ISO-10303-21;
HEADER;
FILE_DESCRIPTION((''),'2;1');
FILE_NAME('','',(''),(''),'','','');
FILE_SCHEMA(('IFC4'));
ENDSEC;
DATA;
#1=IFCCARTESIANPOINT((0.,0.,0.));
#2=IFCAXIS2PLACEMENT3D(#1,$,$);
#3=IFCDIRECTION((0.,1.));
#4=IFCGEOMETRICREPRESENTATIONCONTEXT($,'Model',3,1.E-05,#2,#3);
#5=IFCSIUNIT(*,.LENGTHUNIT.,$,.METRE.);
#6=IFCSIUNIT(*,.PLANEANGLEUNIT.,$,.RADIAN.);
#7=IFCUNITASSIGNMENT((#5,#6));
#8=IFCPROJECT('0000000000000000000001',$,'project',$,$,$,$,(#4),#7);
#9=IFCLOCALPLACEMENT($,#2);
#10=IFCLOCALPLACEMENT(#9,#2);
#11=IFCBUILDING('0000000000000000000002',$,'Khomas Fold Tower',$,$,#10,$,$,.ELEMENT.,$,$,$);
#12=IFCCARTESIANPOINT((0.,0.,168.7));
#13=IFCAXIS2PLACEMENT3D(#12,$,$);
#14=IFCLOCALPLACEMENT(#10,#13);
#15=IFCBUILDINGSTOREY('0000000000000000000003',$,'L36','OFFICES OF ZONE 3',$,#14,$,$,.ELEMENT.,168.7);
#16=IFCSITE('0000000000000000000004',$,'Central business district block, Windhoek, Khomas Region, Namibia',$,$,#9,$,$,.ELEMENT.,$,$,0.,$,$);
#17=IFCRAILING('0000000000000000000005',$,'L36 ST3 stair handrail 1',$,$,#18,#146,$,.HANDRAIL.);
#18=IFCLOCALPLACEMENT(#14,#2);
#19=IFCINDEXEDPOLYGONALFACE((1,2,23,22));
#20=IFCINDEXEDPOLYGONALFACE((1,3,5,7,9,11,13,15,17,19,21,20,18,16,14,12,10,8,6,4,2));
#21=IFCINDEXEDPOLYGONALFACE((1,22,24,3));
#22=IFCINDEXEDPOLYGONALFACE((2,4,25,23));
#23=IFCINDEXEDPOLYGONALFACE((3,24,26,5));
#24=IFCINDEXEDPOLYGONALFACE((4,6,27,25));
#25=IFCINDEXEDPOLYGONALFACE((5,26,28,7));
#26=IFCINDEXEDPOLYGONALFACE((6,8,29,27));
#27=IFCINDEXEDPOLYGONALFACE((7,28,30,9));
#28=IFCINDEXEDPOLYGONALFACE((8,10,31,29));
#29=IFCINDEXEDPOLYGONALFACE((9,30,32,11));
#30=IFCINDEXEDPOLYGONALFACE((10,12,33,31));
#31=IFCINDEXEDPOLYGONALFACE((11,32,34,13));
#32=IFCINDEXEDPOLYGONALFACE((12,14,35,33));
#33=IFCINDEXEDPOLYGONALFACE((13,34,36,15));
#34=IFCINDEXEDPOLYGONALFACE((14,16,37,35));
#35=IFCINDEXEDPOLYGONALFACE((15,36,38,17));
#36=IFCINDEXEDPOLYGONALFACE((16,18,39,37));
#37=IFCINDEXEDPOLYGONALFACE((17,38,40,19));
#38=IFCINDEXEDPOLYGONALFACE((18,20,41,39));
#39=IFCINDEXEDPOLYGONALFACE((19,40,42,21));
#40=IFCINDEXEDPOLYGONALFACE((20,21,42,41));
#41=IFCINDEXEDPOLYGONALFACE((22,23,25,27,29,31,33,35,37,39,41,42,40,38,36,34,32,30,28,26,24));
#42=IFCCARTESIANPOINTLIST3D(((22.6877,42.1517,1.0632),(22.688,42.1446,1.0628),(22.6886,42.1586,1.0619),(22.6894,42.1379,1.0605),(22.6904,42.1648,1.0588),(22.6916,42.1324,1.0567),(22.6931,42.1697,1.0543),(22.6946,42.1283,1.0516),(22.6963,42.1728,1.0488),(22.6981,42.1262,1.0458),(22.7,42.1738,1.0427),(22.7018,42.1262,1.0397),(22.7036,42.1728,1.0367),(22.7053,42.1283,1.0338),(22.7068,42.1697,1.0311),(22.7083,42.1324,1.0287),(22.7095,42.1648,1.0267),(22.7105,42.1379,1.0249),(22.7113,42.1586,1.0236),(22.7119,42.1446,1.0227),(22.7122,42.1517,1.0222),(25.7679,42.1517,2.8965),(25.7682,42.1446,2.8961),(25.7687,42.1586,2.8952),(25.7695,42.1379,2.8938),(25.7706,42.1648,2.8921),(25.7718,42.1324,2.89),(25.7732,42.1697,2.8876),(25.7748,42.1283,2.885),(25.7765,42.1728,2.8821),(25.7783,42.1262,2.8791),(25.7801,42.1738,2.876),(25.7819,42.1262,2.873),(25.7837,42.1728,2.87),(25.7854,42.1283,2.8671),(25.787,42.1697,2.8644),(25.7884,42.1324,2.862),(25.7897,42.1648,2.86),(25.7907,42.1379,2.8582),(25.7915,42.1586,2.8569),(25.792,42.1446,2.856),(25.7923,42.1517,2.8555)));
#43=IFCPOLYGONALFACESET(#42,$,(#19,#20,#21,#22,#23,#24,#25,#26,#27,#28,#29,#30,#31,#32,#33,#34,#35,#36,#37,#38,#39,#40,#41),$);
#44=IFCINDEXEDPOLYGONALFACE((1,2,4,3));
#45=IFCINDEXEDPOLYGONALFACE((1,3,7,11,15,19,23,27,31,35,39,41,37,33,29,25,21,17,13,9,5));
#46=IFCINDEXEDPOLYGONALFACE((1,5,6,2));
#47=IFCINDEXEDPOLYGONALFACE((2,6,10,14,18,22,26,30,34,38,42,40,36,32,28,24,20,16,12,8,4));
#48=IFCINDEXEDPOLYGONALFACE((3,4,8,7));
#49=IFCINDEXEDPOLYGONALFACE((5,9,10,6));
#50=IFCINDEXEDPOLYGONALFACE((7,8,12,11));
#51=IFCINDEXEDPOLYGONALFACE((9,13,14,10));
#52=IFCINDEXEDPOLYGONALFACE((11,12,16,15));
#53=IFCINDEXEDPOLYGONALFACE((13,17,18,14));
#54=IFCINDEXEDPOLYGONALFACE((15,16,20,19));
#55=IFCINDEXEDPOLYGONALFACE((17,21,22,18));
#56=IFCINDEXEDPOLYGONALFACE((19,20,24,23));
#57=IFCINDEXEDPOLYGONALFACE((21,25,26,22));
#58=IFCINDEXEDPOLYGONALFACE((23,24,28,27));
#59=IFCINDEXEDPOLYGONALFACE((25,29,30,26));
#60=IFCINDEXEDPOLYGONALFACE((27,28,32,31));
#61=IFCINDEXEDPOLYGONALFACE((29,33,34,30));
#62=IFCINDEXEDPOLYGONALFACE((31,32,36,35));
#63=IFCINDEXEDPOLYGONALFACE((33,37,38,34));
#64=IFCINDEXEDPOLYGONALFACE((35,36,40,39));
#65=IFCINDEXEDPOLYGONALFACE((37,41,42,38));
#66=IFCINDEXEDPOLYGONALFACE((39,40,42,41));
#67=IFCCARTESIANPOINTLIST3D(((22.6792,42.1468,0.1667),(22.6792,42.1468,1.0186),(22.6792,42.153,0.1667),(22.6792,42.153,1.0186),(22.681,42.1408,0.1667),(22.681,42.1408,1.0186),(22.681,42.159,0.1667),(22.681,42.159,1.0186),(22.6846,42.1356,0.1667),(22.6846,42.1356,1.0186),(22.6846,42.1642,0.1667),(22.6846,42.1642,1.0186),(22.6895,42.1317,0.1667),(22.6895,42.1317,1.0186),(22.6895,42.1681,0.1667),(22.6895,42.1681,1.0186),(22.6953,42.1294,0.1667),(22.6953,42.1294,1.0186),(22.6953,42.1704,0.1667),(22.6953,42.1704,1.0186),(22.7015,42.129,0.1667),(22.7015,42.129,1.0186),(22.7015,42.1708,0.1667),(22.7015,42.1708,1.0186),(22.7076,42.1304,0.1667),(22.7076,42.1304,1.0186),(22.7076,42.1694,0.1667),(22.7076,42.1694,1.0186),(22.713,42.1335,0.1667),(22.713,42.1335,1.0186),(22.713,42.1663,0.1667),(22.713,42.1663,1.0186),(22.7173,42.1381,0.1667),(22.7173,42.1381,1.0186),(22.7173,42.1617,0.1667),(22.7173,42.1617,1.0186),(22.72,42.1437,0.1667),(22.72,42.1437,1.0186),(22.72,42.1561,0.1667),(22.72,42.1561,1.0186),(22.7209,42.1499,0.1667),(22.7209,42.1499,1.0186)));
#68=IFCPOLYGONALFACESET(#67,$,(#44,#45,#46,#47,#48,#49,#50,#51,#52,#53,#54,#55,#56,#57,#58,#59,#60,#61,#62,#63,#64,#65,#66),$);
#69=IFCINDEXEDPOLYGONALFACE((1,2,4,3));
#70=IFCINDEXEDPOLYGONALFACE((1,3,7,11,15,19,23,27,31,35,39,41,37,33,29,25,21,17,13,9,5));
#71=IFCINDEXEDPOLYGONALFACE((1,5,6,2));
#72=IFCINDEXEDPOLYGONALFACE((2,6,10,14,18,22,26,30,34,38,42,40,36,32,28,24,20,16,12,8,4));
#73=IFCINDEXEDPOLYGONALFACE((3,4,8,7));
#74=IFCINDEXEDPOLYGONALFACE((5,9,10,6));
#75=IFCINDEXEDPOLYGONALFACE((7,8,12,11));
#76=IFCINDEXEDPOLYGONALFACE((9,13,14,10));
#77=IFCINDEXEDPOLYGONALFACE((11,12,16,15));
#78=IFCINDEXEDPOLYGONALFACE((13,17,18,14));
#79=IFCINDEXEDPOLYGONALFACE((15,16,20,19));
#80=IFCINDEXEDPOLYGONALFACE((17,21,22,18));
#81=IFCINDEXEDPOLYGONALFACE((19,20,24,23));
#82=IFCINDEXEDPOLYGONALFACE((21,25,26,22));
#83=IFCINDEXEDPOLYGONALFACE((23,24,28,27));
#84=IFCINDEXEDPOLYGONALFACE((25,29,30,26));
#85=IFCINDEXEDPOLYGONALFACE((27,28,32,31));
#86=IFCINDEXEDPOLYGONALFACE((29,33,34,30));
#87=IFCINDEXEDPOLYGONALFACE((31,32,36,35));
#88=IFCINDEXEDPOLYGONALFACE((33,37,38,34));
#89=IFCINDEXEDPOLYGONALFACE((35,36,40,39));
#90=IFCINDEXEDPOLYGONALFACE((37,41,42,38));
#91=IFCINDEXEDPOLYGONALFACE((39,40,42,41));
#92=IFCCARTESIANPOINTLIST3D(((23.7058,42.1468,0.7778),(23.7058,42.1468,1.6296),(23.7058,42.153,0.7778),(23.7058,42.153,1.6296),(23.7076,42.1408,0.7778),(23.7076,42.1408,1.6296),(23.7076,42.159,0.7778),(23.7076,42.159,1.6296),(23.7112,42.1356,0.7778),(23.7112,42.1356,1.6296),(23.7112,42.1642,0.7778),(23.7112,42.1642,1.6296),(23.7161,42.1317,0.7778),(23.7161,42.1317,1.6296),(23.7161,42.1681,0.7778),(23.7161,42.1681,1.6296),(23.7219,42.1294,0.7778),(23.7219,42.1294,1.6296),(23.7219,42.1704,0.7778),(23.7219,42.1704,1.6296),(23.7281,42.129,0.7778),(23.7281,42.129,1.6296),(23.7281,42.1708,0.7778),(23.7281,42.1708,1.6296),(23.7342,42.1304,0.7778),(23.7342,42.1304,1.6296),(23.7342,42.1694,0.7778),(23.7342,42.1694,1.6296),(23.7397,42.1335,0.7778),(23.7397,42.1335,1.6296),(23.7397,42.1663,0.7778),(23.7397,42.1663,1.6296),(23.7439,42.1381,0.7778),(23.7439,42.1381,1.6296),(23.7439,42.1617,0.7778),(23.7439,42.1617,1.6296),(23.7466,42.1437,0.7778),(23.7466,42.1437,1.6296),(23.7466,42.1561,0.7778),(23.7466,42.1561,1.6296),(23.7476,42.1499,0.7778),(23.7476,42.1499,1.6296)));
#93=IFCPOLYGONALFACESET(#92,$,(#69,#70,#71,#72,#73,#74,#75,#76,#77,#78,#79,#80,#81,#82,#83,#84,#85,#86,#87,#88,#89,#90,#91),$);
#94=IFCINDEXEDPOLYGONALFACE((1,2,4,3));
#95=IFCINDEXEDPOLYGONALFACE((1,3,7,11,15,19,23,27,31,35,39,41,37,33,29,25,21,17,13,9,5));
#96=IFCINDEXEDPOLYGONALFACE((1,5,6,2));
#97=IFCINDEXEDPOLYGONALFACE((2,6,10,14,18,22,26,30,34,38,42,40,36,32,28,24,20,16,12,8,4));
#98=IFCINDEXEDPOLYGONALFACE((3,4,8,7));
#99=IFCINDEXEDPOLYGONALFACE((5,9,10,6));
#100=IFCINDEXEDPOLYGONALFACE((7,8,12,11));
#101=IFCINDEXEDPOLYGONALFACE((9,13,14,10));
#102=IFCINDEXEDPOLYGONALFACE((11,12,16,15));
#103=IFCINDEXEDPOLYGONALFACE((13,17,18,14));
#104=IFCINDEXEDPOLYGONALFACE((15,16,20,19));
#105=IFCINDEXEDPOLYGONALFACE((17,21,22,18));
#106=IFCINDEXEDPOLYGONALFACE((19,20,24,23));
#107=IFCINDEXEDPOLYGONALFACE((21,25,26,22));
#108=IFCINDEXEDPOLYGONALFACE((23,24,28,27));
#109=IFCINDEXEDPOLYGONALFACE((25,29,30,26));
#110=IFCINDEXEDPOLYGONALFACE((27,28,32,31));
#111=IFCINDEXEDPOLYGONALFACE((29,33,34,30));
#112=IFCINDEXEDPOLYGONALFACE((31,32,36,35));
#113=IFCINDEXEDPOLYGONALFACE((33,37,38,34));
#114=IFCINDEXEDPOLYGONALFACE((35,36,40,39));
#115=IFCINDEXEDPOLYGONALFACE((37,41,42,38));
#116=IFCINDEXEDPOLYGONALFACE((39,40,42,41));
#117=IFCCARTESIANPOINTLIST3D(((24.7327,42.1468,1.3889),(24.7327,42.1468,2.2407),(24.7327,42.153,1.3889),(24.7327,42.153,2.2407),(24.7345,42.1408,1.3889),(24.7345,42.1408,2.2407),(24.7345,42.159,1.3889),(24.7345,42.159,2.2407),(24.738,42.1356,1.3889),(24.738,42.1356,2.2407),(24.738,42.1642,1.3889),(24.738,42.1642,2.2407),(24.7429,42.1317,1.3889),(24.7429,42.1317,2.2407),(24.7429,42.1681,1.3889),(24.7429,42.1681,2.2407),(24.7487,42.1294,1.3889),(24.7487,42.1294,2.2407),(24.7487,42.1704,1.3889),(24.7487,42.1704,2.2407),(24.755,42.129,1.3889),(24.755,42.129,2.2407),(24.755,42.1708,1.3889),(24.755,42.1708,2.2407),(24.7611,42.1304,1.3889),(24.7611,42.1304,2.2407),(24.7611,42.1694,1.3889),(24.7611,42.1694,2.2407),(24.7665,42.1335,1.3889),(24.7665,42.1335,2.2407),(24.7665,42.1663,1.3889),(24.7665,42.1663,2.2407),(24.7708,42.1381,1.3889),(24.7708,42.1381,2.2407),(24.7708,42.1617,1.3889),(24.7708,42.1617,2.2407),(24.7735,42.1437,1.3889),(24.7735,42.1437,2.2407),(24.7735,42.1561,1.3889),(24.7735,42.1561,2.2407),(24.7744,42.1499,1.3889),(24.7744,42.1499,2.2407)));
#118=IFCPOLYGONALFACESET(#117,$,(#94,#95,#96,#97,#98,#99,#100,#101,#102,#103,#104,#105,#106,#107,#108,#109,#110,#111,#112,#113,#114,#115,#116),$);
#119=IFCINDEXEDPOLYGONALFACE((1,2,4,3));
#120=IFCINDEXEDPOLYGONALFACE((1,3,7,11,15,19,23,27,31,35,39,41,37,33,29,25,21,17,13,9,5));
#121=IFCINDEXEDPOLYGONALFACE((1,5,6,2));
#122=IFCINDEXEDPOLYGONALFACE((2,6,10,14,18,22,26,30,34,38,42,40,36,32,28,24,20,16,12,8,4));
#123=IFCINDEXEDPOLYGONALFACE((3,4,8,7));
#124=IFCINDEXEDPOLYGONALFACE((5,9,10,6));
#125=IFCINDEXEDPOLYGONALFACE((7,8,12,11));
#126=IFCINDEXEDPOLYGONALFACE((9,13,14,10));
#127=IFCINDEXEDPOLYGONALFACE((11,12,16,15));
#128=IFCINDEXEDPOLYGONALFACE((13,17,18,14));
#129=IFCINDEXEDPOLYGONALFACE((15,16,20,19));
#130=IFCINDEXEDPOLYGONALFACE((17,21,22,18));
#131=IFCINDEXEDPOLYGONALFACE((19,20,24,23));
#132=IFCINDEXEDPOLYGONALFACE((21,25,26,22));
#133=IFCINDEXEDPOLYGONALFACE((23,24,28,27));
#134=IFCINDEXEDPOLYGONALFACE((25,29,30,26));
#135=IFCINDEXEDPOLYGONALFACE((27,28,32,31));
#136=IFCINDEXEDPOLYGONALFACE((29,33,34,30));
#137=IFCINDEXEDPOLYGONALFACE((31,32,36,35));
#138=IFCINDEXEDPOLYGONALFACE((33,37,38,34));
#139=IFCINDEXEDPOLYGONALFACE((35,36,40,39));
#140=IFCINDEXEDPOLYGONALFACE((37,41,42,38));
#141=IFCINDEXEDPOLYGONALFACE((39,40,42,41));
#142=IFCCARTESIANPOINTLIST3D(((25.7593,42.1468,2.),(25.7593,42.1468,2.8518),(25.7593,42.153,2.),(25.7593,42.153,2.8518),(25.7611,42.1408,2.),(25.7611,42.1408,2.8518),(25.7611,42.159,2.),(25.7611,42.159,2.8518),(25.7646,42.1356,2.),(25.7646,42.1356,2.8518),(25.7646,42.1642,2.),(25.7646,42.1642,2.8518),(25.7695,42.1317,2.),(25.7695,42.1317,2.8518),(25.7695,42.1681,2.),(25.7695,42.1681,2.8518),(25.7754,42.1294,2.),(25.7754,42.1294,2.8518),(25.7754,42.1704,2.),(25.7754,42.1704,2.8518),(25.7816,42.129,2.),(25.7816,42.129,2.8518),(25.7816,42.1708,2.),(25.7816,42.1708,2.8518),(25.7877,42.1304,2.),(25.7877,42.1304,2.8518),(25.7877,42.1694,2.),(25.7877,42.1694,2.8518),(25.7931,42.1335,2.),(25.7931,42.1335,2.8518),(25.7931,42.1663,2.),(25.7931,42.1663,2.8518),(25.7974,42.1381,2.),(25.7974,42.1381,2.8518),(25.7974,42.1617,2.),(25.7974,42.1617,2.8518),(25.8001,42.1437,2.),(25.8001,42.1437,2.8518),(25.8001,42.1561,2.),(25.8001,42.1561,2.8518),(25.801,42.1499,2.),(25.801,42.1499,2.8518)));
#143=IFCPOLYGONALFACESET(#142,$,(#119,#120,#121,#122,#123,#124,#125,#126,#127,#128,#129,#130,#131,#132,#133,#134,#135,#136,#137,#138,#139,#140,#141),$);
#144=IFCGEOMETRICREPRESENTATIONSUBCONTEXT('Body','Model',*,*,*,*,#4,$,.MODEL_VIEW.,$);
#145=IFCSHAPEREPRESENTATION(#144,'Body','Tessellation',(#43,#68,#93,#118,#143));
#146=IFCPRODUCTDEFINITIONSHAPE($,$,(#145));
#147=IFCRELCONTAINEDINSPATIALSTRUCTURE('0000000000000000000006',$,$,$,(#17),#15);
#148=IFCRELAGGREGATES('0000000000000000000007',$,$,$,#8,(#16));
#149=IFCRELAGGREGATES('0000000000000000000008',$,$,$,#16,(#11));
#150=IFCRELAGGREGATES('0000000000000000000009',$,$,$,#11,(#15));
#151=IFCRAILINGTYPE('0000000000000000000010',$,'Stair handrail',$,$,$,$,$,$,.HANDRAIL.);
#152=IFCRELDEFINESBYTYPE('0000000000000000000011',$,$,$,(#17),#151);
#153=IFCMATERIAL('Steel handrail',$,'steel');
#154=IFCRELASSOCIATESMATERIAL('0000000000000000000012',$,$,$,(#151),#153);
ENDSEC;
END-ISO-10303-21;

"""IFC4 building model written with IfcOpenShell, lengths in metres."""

from ifc_helpers import new_model, si_unit, direction, frame, origin, origin_2d, place, context, subcontext, project, spatial, circle, extrude, source, transform, mapped, material, type_object, element, save


model = new_model("IFC4")

# Units and contexts
model_context = context("Model", 3, precision=1e-05, world=origin(), true_north=direction((0.0, 1.0)))
body_context = subcontext(model_context, "Body", "Model", "MODEL_VIEW")
ifc_project = project(units=[si_unit("LENGTHUNIT", "METRE"), si_unit("PLANEANGLEUNIT", "RADIAN")], contexts=[model_context])

# Site, building, storey
site_placement = place(None, origin())
site = spatial("IfcSite", under=ifc_project, at=site_placement, Name="Central business district block, Windhoek, Khomas Region, Namibia", CompositionType="ELEMENT", RefElevation=0.0)
building_placement = place(site_placement, origin())
building = spatial("IfcBuilding", under=site, at=building_placement, Name="Khomas Fold Tower", CompositionType="ELEMENT")
storey_placement = place(building_placement, frame((0.0, 0.0, 168.7)))
storey = spatial("IfcBuildingStorey", under=building, at=storey_placement, Name="L36", Description="OFFICES OF ZONE 3", CompositionType="ELEMENT", Elevation=168.7)

# Railing
ifc_material_1 = material(Name="Steel handrail", Category="steel")
railing_type_1 = type_object("IfcRailingType", Name="Stair handrail", PredefinedType="HANDRAIL", material=ifc_material_1)
shared_shape_1 = source(origin(), body_context, "Body", "SweptSolid", [
    extrude(circle(Radius=0.0239, at=origin_2d()), frame((0.0, 0.0, 0.876), z_axis=(0.859309, 0.0, 0.511458), x_axis=(0.0, 1.0, 0.0)), (0.0, 0.0, 1.0), 3.5845),
    extrude(circle(Radius=0.021, at=origin_2d()), origin(), (0.0, 0.0, 1.0), 0.8518),
    extrude(circle(Radius=0.021, at=origin_2d()), frame((1.0266, 0.0, 0.6111)), (0.0, 0.0, 1.0), 0.8518),
    extrude(circle(Radius=0.021, at=origin_2d()), frame((2.0535, 0.0, 1.2222)), (0.0, 0.0, 1.0), 0.8518),
    extrude(circle(Radius=0.021, at=origin_2d()), frame((3.0801, 0.0, 1.8333)), (0.0, 0.0, 1.0), 0.8518),
])
railing_1_placement = place(storey_placement, frame((22.7, 42.1499, 0.1667)))
element("IfcRailing", 1, at=railing_1_placement, inside=storey, type_object=railing_type_1, Name="L36 ST3 stair handrail 1", PredefinedType="HANDRAIL", context=body_context, shape_type="MappedRepresentation", body=[
    mapped(shared_shape_1, transform((0.0, 0.0, 0.0))),
])

save(model, "model.ifc")
